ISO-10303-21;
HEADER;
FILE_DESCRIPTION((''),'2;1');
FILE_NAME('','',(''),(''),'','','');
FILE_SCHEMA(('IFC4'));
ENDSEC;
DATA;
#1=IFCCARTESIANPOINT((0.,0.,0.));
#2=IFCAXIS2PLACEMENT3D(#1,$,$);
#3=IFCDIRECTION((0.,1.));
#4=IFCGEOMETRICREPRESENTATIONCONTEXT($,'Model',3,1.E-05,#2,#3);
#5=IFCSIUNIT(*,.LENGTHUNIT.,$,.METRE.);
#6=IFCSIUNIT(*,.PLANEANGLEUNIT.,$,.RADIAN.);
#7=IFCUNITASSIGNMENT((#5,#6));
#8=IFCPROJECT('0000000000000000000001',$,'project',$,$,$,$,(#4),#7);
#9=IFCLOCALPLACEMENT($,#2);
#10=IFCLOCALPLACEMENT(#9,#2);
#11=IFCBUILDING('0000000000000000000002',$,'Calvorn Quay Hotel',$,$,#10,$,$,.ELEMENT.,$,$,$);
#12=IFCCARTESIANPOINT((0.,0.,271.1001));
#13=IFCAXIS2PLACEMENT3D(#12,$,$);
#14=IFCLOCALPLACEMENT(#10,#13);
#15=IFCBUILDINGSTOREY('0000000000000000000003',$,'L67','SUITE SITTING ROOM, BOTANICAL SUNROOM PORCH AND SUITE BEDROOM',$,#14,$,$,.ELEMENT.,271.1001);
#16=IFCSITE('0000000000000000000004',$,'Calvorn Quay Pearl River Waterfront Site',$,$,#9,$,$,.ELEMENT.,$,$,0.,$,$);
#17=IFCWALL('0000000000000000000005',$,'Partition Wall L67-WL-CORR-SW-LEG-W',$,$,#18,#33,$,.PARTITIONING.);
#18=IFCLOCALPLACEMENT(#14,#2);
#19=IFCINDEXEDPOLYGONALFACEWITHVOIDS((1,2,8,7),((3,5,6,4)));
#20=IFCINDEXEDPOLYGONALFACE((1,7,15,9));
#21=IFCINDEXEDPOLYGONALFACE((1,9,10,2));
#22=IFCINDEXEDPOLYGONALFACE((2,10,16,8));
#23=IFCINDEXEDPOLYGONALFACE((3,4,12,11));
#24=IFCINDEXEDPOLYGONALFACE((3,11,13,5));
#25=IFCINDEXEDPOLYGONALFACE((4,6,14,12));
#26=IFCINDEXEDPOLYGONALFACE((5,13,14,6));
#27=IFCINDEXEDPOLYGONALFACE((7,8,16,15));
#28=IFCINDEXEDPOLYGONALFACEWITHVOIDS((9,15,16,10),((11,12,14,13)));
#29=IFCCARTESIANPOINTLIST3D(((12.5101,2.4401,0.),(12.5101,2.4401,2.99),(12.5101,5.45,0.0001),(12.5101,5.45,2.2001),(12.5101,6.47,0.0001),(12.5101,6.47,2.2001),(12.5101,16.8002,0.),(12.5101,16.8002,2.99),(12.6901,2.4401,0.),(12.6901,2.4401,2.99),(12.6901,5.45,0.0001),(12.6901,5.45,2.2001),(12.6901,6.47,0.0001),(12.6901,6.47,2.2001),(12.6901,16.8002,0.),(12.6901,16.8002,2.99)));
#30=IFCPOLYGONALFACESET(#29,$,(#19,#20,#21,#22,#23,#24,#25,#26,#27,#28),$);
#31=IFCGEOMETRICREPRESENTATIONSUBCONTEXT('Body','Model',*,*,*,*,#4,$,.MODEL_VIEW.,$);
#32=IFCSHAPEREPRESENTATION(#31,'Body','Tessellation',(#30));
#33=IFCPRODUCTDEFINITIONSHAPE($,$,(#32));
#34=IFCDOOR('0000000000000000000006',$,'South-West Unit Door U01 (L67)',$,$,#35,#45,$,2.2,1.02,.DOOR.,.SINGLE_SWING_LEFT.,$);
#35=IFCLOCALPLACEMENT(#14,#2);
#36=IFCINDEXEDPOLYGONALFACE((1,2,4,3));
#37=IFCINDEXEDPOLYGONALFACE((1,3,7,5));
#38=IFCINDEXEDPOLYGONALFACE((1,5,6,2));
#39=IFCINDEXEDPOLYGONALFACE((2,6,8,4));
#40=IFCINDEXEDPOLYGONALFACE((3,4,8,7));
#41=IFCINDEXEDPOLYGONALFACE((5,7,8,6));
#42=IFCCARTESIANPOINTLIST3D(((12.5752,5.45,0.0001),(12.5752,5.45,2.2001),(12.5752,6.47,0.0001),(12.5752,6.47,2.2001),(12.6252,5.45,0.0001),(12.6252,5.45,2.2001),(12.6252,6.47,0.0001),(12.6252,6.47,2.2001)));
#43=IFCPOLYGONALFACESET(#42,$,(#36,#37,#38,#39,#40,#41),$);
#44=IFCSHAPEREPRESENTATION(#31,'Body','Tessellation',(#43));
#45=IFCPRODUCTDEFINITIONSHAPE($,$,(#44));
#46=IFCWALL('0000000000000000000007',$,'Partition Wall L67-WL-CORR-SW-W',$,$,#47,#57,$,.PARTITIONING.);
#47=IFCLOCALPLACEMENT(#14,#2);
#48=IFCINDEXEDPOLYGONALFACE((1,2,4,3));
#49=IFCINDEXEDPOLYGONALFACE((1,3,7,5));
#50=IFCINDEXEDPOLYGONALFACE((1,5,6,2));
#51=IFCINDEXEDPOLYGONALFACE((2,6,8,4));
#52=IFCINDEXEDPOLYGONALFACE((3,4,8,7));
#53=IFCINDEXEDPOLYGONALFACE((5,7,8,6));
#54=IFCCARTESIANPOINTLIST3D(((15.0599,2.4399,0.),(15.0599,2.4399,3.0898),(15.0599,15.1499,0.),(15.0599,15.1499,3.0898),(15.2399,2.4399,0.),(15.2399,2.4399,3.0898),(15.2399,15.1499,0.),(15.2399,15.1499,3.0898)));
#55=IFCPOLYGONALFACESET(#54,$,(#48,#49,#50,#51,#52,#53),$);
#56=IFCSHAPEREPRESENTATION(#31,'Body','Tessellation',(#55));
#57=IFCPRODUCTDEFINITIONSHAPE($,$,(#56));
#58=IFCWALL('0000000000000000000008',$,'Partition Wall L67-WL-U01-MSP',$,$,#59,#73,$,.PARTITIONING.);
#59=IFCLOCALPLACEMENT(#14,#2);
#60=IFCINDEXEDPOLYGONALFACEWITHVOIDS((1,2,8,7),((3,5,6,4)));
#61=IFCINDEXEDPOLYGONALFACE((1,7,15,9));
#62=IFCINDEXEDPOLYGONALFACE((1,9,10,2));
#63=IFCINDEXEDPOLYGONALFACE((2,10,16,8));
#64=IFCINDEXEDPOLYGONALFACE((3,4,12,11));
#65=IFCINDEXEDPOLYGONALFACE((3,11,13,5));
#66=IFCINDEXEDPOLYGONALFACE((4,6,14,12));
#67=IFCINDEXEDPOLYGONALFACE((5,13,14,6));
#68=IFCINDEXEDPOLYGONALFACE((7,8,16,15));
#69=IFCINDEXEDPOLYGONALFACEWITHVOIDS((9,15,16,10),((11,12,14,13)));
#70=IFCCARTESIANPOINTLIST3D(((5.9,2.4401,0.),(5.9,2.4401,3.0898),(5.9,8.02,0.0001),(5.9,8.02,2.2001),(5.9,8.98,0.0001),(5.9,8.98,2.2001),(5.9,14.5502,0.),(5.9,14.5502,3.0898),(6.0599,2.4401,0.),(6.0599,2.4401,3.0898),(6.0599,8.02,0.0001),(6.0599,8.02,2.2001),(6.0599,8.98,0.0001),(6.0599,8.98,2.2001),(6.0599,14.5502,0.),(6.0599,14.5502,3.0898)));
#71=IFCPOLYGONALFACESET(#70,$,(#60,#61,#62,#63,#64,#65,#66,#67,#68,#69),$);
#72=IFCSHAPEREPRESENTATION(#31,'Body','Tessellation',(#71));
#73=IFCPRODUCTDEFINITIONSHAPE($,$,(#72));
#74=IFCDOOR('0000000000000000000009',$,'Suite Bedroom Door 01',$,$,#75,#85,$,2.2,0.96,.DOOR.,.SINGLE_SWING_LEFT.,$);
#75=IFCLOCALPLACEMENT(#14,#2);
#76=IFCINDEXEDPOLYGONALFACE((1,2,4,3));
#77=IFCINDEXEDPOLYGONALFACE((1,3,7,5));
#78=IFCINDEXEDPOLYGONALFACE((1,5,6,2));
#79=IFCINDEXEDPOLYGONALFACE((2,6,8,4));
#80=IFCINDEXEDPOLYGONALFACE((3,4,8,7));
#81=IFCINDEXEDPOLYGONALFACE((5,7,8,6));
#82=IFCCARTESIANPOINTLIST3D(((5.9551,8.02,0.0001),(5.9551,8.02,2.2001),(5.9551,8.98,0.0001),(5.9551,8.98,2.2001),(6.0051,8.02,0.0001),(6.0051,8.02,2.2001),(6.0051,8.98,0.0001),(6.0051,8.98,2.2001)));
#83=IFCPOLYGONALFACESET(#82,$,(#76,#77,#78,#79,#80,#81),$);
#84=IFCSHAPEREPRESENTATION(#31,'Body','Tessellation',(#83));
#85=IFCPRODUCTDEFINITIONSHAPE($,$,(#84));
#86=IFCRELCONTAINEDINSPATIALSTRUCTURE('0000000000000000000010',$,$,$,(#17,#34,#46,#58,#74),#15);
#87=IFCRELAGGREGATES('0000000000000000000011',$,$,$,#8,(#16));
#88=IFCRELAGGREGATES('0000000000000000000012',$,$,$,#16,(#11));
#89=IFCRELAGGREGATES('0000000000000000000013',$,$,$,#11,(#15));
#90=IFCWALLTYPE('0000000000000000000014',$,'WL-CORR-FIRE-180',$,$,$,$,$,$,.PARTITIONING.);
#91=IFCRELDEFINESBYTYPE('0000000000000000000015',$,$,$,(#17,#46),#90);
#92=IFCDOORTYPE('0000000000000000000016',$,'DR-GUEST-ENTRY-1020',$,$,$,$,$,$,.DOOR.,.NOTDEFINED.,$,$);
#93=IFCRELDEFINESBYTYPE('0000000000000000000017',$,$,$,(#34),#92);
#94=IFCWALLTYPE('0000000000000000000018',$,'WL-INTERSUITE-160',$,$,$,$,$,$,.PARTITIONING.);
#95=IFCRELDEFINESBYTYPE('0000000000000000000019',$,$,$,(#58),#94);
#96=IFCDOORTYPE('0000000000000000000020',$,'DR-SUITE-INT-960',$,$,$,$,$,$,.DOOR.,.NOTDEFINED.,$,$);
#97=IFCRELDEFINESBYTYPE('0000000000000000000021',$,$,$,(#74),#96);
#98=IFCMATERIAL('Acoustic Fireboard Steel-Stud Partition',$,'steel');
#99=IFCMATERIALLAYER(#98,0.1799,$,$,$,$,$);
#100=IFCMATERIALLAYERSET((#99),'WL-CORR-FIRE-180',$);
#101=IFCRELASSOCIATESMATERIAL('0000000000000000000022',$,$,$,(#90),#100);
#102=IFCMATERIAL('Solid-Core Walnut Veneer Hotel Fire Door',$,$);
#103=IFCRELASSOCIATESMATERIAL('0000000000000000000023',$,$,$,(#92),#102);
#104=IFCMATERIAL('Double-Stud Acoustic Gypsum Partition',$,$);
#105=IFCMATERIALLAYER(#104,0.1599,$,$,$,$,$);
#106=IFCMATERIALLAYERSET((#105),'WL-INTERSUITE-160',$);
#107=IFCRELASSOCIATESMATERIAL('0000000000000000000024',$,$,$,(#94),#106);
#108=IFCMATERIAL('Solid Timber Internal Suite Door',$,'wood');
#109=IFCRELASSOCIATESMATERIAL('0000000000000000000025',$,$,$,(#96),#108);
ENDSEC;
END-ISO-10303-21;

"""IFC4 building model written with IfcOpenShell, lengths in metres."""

from ifc_helpers import new_model, si_unit, direction, frame, frame_2d, origin, place, context, subcontext, project, spatial, rectangle, extrude, material, layer, layer_set, type_object, element, fill, save


model = new_model("IFC4")

# Units and contexts
model_context = context("Model", 3, precision=1e-05, world=origin(), true_north=direction((0.0, 1.0)))
body_context = subcontext(model_context, "Body", "Model", "MODEL_VIEW")
ifc_project = project(units=[si_unit("LENGTHUNIT", "METRE"), si_unit("PLANEANGLEUNIT", "RADIAN")], contexts=[model_context])

# Site, building, storey
site_placement = place(None, origin())
site = spatial("IfcSite", under=ifc_project, at=site_placement, Name="Calvorn Quay Pearl River Waterfront Site", CompositionType="ELEMENT", RefElevation=0.0)
building_placement = place(site_placement, origin())
building = spatial("IfcBuilding", under=site, at=building_placement, Name="Calvorn Quay Hotel", CompositionType="ELEMENT")
storey_placement = place(building_placement, frame((0.0, 0.0, 271.1001)))
storey = spatial("IfcBuildingStorey", under=building, at=storey_placement, Name="L67", Description="SUITE SITTING ROOM, BOTANICAL SUNROOM PORCH AND SUITE BEDROOM", CompositionType="ELEMENT", Elevation=271.1001)

# Wall, opening, door
ifc_material_1 = material(Name="Acoustic Fireboard Steel-Stud Partition", Category="steel")
ifc_layer_1 = layer(ifc_material_1, 0.1799)
ifc_layer_set_1 = layer_set([ifc_layer_1], Name="WL-CORR-FIRE-180")
wall_type_1 = type_object("IfcWallType", Name="WL-CORR-FIRE-180", PredefinedType="PARTITIONING", material=ifc_layer_set_1)
wall_1_placement = place(storey_placement, frame((12.6001, 2.4399, 0.0), z_axis=(0.0, 0.0, 1.0), x_axis=(0.0, 1.0, 0.0)))
wall_1 = element("IfcWall", 1, at=wall_1_placement, inside=storey, type_object=wall_type_1, Name="Partition Wall L67-WL-CORR-SW-LEG-W", PredefinedType="PARTITIONING", context=body_context, shape_type="SweptSolid", body=[
    extrude(rectangle(XDim=14.3601, YDim=0.1799, at=frame_2d((7.1802, 0.0))), origin(), (0.0, 0.0, 1.0), 2.99),
])
opening_1_placement = place(wall_1_placement, frame((3.01, 0.0, 0.0)))
opening_1 = element("IfcOpeningElement", 2, at=opening_1_placement, cuts=wall_1, PredefinedType="OPENING", context=body_context, shape_type="SweptSolid", body=[
    extrude(rectangle(XDim=1.02, YDim=2.2, at=frame_2d((0.51, 1.1001))), frame((0.0, 0.0999, 0.0), z_axis=(0.0, -1.0, 0.0), x_axis=(1.0, 0.0, 0.0)), (0.0, 0.0, 1.0), 0.2),
])
ifc_material_2 = material(Name="Solid-Core Walnut Veneer Hotel Fire Door")
door_type_1 = type_object("IfcDoorType", Name="DR-GUEST-ENTRY-1020", OperationType="NOTDEFINED", PredefinedType="DOOR", material=ifc_material_2)
door_1_placement = place(opening_1_placement, origin())
door_1 = element("IfcDoor", 3, at=door_1_placement, inside=storey, type_object=door_type_1, Name="South-West Unit Door U01 (L67)", OperationType="SINGLE_SWING_LEFT", OverallHeight=2.2, OverallWidth=1.02, PredefinedType="DOOR", context=body_context, shape_type="SweptSolid", body=[
    extrude(rectangle(XDim=1.02, YDim=2.2, at=frame_2d((0.51, 1.1001))), frame((0.0, 0.0249, 0.0), z_axis=(0.0, -1.0, 0.0), x_axis=(1.0, 0.0, 0.0)), (0.0, 0.0, 1.0), 0.05),
])
fill(opening_1, door_1)

# Wall
wall_2_placement = place(storey_placement, frame((15.1499, 2.4399, 0.0), z_axis=(0.0, 0.0, 1.0), x_axis=(0.0, 1.0, 0.0)))
element("IfcWall", 4, at=wall_2_placement, inside=storey, type_object=wall_type_1, Name="Partition Wall L67-WL-CORR-SW-W", PredefinedType="PARTITIONING", context=body_context, shape_type="SweptSolid", body=[
    extrude(rectangle(XDim=12.71, YDim=0.1799, at=frame_2d((6.355, 0.0))), origin(), (0.0, 0.0, 1.0), 3.0898),
])

# Wall, opening, door
ifc_material_3 = material(Name="Double-Stud Acoustic Gypsum Partition")
ifc_layer_2 = layer(ifc_material_3, 0.1599)
ifc_layer_set_2 = layer_set([ifc_layer_2], Name="WL-INTERSUITE-160")
wall_type_2 = type_object("IfcWallType", Name="WL-INTERSUITE-160", PredefinedType="PARTITIONING", material=ifc_layer_set_2)
wall_3_placement = place(storey_placement, frame((5.98, 2.4399, 0.0), z_axis=(0.0, 0.0, 1.0), x_axis=(0.0, 1.0, 0.0)))
wall_3 = element("IfcWall", 5, at=wall_3_placement, inside=storey, type_object=wall_type_2, Name="Partition Wall L67-WL-U01-MSP", PredefinedType="PARTITIONING", context=body_context, shape_type="SweptSolid", body=[
    extrude(rectangle(XDim=12.1101, YDim=0.1599, at=frame_2d((6.0552, 0.0))), origin(), (0.0, 0.0, 1.0), 3.0898),
])
opening_2_placement = place(wall_3_placement, frame((5.5801, 0.0, 0.0)))
opening_2 = element("IfcOpeningElement", 6, at=opening_2_placement, cuts=wall_3, PredefinedType="OPENING", context=body_context, shape_type="SweptSolid", body=[
    extrude(rectangle(XDim=0.96, YDim=2.2, at=frame_2d((0.48, 1.1001))), frame((0.0, 0.0898, 0.0), z_axis=(0.0, -1.0, 0.0), x_axis=(1.0, 0.0, 0.0)), (0.0, 0.0, 1.0), 0.1799),
])
ifc_material_4 = material(Name="Solid Timber Internal Suite Door", Category="wood")
door_type_2 = type_object("IfcDoorType", Name="DR-SUITE-INT-960", OperationType="NOTDEFINED", PredefinedType="DOOR", material=ifc_material_4)
door_2_placement = place(opening_2_placement, origin())
door_2 = element("IfcDoor", 7, at=door_2_placement, inside=storey, type_object=door_type_2, Name="Suite Bedroom Door 01", OperationType="SINGLE_SWING_LEFT", OverallHeight=2.2, OverallWidth=0.96, PredefinedType="DOOR", context=body_context, shape_type="SweptSolid", body=[
    extrude(rectangle(XDim=0.96, YDim=2.2, at=frame_2d((0.48, 1.1001))), frame((0.0, 0.0249, 0.0), z_axis=(0.0, -1.0, 0.0), x_axis=(1.0, 0.0, 0.0)), (0.0, 0.0, 1.0), 0.05),
])
fill(opening_2, door_2)

save(model, "model.ifc")
